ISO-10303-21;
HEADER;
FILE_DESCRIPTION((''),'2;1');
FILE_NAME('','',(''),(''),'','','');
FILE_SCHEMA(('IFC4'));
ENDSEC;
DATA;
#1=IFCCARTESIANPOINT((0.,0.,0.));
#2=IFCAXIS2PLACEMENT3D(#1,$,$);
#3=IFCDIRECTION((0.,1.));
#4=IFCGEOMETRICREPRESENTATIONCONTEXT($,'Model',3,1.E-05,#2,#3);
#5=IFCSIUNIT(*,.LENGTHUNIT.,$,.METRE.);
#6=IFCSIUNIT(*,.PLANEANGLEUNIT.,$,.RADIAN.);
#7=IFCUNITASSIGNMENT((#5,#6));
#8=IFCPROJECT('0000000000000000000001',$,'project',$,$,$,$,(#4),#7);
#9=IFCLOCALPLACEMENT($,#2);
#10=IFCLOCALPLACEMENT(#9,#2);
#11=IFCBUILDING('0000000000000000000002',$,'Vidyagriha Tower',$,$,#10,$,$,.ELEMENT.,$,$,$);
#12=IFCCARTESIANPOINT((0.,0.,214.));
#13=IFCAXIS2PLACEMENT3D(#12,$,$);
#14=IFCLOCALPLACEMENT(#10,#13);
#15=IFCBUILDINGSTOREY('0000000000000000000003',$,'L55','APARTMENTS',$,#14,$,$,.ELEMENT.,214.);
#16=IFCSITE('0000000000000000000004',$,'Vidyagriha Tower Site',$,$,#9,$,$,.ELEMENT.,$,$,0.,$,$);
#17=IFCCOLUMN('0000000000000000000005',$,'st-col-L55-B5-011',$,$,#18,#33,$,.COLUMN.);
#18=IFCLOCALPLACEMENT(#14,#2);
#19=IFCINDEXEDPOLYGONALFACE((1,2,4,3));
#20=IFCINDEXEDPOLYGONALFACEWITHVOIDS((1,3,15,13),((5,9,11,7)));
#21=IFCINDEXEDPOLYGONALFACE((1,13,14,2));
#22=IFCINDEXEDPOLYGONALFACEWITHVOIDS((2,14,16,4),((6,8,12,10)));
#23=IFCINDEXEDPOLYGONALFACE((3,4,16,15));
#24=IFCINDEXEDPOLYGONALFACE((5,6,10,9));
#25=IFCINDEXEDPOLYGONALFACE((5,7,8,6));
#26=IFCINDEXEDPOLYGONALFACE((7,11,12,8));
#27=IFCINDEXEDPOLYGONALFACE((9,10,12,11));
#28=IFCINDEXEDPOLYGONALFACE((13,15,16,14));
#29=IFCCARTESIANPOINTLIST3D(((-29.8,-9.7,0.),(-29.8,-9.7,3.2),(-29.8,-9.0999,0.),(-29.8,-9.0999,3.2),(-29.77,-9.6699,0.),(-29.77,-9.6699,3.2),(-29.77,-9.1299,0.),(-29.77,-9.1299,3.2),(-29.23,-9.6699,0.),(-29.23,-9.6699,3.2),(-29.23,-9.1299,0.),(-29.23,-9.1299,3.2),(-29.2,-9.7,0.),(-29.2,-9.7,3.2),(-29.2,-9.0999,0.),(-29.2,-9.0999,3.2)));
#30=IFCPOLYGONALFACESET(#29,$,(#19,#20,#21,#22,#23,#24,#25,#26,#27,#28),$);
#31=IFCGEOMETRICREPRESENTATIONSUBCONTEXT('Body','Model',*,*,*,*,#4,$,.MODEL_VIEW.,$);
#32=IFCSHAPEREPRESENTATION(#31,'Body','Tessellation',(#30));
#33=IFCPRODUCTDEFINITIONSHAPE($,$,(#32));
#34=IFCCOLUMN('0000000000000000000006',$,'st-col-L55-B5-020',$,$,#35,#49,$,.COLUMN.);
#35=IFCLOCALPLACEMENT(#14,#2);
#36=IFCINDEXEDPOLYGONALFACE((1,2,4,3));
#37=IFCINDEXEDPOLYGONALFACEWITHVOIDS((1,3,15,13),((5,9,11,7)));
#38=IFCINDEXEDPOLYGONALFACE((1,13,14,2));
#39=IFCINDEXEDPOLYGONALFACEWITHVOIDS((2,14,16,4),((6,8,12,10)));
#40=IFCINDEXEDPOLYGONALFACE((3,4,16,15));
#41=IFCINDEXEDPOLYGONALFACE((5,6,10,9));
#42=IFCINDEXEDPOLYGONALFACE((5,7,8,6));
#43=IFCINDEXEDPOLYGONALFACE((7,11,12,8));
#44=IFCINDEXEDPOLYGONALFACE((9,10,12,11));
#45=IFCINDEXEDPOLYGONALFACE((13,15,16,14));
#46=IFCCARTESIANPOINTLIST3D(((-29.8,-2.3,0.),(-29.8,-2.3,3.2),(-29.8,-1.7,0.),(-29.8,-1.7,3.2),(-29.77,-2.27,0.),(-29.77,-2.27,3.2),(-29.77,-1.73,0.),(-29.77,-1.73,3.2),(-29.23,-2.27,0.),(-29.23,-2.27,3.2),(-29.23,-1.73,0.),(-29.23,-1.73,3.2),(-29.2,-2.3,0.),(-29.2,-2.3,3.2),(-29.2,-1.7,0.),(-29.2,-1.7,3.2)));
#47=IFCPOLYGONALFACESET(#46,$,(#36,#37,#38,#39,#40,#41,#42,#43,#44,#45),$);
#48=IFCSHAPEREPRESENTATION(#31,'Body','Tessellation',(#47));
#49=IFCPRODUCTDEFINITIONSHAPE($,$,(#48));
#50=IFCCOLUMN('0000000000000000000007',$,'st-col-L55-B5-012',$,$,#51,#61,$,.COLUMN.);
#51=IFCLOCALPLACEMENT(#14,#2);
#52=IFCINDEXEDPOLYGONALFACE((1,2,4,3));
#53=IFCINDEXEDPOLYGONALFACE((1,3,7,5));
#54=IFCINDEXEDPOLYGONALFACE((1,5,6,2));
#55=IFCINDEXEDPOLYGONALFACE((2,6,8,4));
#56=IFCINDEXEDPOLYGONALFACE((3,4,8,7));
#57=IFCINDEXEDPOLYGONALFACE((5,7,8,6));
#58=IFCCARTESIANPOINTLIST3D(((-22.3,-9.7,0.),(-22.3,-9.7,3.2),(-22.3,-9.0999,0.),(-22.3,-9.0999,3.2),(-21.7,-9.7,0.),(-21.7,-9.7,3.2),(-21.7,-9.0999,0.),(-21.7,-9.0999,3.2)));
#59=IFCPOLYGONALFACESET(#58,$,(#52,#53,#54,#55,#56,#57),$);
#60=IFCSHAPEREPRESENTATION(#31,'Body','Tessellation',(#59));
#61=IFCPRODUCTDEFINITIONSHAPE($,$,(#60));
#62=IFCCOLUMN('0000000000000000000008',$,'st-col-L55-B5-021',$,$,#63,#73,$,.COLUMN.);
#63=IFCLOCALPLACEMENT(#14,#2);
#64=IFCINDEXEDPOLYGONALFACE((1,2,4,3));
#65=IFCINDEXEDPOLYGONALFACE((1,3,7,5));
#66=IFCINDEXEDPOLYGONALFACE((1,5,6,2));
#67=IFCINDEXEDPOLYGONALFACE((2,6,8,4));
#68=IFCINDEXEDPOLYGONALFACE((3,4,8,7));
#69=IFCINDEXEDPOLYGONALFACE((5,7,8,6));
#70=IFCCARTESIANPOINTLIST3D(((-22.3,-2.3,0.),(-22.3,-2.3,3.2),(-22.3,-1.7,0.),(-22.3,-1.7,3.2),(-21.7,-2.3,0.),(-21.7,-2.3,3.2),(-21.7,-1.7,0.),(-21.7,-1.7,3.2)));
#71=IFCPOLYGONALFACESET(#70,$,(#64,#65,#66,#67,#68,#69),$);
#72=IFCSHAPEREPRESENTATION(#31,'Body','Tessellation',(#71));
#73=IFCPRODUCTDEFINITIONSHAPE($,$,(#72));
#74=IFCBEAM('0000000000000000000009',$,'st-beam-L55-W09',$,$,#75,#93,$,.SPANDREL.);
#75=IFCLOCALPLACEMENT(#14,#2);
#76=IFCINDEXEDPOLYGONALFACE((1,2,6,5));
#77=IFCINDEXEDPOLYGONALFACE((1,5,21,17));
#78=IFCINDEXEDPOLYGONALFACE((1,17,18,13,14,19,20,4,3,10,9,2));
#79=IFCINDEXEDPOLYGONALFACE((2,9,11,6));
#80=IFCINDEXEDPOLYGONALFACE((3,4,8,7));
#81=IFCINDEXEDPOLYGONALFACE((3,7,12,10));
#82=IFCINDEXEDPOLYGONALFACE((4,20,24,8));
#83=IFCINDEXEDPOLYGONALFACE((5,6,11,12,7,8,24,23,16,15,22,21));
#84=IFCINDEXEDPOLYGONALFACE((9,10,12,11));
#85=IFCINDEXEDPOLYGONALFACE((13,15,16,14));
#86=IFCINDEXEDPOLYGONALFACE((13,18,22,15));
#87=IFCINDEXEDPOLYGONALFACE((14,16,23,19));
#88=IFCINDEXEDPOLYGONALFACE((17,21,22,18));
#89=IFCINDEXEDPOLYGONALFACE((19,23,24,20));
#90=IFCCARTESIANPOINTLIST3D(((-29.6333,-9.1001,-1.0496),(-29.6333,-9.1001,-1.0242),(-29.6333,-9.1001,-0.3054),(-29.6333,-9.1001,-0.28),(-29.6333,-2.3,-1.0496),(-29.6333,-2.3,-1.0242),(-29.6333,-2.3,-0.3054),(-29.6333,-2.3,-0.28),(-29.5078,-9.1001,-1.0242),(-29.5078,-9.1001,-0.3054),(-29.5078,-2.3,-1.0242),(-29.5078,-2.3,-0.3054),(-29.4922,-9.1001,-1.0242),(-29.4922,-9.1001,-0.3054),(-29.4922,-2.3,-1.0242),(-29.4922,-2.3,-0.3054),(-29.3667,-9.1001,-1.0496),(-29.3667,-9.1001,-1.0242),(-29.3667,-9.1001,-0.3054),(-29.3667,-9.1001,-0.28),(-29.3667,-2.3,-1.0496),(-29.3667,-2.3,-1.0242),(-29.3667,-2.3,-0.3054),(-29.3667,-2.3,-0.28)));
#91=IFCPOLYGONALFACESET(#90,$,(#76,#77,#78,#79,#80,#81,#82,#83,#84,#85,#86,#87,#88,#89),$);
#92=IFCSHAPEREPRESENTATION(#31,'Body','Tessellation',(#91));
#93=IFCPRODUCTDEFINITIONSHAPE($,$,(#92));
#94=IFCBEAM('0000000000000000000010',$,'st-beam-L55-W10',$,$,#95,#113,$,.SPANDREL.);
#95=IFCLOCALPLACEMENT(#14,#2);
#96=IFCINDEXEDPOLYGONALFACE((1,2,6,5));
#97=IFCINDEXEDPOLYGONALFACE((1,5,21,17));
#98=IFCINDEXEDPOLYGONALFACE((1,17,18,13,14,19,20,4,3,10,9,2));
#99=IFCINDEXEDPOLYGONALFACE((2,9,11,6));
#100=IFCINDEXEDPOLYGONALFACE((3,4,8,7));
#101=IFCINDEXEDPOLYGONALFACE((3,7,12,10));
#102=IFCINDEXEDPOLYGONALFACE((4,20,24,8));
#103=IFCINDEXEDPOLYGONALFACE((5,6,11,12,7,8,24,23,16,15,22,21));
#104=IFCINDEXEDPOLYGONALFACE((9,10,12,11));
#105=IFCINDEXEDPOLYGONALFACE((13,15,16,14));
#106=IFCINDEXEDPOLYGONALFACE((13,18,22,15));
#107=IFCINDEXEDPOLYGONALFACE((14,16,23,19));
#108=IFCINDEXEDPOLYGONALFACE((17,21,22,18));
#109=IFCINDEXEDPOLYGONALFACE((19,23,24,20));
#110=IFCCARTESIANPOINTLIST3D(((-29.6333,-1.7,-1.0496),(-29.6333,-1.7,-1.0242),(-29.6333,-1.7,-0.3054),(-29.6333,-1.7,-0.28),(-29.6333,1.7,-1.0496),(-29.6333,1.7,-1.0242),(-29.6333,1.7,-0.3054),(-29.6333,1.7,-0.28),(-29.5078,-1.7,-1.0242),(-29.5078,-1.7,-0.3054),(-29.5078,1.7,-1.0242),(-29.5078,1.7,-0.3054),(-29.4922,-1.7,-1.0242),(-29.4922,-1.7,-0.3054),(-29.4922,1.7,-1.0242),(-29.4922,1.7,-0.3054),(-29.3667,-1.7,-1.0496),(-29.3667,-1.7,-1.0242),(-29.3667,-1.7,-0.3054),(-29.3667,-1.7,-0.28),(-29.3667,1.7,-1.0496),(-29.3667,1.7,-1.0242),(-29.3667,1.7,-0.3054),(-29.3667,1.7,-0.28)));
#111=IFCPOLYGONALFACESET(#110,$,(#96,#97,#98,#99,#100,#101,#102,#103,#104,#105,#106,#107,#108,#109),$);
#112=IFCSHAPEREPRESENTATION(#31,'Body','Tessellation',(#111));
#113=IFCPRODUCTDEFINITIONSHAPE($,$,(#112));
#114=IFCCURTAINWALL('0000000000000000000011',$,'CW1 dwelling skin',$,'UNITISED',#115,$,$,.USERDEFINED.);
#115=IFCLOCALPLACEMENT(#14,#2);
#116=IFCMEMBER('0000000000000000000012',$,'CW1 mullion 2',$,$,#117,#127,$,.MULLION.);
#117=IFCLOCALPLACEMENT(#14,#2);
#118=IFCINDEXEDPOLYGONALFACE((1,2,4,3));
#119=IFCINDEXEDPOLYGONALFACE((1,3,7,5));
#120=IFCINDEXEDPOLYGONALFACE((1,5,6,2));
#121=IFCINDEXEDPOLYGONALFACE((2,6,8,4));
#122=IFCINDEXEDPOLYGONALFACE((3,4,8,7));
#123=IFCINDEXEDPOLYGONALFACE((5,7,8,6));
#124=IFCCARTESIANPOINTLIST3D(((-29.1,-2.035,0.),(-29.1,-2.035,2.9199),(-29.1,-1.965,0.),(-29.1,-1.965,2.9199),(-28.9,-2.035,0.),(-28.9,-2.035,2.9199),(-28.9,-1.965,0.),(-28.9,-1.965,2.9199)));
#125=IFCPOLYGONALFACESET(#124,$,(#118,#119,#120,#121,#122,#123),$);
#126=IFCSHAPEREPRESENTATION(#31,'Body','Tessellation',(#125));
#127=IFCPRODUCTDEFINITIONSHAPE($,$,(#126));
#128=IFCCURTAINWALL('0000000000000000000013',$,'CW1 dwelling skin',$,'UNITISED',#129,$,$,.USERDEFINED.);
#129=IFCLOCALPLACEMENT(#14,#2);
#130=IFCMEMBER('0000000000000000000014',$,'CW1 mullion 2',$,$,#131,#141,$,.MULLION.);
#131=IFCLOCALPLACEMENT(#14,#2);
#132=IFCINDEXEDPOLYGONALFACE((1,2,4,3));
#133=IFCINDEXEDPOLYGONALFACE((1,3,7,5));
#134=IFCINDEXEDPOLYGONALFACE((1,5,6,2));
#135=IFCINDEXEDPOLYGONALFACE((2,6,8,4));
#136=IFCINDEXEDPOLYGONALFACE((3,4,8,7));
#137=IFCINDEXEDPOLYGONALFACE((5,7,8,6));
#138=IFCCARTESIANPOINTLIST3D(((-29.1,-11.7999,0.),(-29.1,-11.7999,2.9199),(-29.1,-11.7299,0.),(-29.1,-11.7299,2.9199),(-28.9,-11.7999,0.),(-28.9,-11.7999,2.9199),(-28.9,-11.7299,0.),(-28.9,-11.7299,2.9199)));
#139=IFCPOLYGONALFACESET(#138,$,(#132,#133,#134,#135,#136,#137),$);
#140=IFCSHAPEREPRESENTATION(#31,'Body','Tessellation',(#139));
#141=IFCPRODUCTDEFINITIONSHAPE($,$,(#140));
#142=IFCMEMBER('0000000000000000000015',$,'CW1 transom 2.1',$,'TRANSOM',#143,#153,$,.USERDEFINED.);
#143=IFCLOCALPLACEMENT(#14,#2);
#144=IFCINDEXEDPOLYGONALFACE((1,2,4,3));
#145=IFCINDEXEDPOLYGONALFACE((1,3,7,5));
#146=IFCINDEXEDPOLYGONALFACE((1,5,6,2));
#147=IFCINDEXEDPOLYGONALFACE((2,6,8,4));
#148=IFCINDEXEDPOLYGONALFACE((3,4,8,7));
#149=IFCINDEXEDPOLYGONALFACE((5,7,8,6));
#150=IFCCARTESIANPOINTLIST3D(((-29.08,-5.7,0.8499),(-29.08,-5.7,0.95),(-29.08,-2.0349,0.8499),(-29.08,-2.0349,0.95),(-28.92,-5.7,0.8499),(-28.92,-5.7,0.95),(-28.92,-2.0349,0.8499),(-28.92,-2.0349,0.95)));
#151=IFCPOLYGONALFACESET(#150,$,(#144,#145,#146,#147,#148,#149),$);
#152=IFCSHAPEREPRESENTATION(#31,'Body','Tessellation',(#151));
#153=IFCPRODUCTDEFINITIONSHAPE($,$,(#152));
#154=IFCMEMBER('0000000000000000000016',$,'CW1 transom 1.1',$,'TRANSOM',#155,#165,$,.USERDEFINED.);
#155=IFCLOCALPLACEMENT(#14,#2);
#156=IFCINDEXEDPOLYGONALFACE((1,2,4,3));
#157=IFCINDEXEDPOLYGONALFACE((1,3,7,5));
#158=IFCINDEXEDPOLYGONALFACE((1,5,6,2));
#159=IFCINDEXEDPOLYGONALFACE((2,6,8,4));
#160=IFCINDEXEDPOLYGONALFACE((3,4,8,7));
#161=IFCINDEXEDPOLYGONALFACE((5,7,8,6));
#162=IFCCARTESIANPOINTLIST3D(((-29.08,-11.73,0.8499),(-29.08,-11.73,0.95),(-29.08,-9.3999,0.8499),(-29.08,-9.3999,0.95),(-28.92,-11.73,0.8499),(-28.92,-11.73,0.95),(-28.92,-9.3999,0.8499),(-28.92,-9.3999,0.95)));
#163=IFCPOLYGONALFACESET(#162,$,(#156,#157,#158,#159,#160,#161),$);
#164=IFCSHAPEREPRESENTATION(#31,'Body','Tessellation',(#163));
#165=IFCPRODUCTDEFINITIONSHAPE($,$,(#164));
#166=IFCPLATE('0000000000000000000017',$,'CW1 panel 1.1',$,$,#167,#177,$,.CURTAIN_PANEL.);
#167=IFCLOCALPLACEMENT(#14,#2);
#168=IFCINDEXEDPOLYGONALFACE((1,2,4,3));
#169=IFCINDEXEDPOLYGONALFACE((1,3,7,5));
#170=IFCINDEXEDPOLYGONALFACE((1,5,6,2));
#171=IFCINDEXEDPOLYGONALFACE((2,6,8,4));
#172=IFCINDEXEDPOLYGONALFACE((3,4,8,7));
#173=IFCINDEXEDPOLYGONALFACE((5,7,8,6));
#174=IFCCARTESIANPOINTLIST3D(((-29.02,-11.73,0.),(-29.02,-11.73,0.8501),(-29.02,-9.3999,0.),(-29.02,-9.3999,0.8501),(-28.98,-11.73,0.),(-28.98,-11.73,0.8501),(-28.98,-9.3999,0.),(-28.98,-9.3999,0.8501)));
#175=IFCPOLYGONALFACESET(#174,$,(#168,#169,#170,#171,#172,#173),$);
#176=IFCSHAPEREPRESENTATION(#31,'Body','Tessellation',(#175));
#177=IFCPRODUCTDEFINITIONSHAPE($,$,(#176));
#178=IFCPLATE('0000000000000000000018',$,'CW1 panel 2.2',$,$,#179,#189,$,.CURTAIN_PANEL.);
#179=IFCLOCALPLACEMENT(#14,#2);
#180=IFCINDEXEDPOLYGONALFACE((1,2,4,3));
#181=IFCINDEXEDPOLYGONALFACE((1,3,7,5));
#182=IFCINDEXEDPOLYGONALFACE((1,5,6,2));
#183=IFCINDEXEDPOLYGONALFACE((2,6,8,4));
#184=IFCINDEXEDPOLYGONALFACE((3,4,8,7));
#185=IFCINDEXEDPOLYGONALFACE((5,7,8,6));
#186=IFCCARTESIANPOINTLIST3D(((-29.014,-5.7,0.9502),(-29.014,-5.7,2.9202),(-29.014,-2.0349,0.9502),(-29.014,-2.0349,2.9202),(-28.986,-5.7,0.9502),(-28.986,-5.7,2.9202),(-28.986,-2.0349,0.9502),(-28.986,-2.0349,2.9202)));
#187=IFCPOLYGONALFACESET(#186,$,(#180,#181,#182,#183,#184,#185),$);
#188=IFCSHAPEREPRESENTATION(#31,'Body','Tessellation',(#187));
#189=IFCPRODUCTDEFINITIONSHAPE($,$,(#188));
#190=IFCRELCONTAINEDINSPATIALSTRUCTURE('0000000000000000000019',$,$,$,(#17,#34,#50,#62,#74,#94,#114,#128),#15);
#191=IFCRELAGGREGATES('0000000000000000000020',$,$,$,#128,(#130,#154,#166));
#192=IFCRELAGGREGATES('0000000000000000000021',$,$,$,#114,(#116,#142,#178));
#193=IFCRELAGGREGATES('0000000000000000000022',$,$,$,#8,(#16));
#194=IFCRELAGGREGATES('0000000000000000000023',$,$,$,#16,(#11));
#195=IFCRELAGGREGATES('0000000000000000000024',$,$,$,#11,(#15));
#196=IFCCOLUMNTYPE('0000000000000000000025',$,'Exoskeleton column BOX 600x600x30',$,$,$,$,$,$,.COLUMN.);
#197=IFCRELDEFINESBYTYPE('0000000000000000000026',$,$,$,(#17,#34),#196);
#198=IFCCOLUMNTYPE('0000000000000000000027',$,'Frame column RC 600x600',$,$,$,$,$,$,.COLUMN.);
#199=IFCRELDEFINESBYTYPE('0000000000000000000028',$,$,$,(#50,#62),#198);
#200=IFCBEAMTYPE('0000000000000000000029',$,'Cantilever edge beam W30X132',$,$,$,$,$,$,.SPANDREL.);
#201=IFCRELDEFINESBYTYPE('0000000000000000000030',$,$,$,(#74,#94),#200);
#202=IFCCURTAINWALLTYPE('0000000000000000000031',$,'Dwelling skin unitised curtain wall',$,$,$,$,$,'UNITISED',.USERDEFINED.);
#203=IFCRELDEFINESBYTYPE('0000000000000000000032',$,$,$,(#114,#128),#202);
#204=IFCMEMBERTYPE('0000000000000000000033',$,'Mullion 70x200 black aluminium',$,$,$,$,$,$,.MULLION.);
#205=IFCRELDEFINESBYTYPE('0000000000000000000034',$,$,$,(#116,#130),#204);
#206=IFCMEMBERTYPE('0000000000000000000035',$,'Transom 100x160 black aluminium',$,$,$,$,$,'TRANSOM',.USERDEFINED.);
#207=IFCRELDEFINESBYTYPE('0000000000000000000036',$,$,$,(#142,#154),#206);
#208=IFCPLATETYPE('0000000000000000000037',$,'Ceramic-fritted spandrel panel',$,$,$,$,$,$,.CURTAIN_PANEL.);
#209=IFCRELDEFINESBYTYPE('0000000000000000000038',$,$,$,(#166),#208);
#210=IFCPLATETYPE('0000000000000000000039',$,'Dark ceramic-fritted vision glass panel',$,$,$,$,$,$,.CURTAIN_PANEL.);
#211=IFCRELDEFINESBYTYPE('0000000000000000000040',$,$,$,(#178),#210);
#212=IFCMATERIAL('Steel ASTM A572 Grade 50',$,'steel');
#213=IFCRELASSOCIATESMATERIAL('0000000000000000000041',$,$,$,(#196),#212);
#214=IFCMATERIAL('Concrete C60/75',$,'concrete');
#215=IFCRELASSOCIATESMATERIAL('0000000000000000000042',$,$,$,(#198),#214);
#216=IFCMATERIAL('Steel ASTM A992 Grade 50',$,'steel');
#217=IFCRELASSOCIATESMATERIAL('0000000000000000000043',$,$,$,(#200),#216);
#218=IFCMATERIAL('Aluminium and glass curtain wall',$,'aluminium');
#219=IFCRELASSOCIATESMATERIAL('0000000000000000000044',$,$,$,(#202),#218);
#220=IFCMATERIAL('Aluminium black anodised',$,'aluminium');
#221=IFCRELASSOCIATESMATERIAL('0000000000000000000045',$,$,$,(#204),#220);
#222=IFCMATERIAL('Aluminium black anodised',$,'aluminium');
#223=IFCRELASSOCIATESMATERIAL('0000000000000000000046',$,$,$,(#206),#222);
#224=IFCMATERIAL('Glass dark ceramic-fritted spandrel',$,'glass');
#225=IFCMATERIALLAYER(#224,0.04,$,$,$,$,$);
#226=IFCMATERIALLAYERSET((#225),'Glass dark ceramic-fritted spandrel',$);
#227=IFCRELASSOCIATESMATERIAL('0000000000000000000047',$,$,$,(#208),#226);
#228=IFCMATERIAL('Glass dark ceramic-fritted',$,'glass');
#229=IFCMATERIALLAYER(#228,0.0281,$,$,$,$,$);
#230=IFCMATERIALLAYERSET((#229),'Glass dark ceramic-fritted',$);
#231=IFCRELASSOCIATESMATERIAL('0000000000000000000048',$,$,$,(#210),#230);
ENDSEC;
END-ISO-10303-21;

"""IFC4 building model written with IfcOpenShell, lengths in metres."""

from ifc_helpers import new_model, si_unit, direction, frame, origin, origin_2d, place, context, subcontext, project, spatial, rectangle, hollow_rectangle, i_section, extrude, material, layer, layer_set, material_profile, profile_set, type_object, element, aggregate, save


model = new_model("IFC4")

# Units and contexts
model_context = context("Model", 3, precision=1e-05, world=origin(), true_north=direction((0.0, 1.0)))
body_context = subcontext(model_context, "Body", "Model", "MODEL_VIEW")
ifc_project = project(units=[si_unit("LENGTHUNIT", "METRE"), si_unit("PLANEANGLEUNIT", "RADIAN")], contexts=[model_context])

# Site, building, storey
site_placement = place(None, origin())
site = spatial("IfcSite", under=ifc_project, at=site_placement, Name="Vidyagriha Tower Site", CompositionType="ELEMENT", RefElevation=0.0)
building_placement = place(site_placement, origin())
building = spatial("IfcBuilding", under=site, at=building_placement, Name="Vidyagriha Tower", CompositionType="ELEMENT")
storey_placement = place(building_placement, frame((0.0, 0.0, 214.0)))
storey = spatial("IfcBuildingStorey", under=building, at=storey_placement, Name="L55", Description="APARTMENTS", CompositionType="ELEMENT", Elevation=214.0)

# Columns
ifc_material_1 = material(Name="Steel ASTM A572 Grade 50", Category="steel")
ifc_material_profile_1 = material_profile(ifc_material_1, hollow_rectangle(XDim=0.6001, YDim=0.6001, WallThickness=0.03, at=origin_2d()), Name="BOX 600x600x30")
ifc_profile_set_1 = profile_set([ifc_material_profile_1], Name="Steel ASTM A572 Grade 50")
column_type_1 = type_object("IfcColumnType", Name="Exoskeleton column BOX 600x600x30", PredefinedType="COLUMN", material=ifc_profile_set_1)
for number, where, name in (
    (1, (-29.5, -9.3999, 0.0), "st-col-L55-B5-011"),
    (2, (-29.5, -2.0, 0.0), "st-col-L55-B5-020"),
):
    element("IfcColumn", number, at=place(storey_placement, frame(where)), inside=storey, type_object=column_type_1, Name=name, PredefinedType="COLUMN", context=body_context, shape_type="SweptSolid", body=[
        extrude(hollow_rectangle(XDim=0.6001, YDim=0.6001, WallThickness=0.03, at=origin_2d()), origin(), (0.0, 0.0, 1.0), 3.2),
    ])
ifc_material_2 = material(Name="Concrete C60/75", Category="concrete")
ifc_material_profile_2 = material_profile(ifc_material_2, rectangle(XDim=0.6001, YDim=0.6001, at=origin_2d()), Name="RC 600x600")
ifc_profile_set_2 = profile_set([ifc_material_profile_2], Name="Concrete C60/75")
column_type_2 = type_object("IfcColumnType", Name="Frame column RC 600x600", PredefinedType="COLUMN", material=ifc_profile_set_2)
for number, where, name in (
    (3, (-22.0, -9.3999, 0.0), "st-col-L55-B5-012"),
    (4, (-22.0, -2.0, 0.0), "st-col-L55-B5-021"),
):
    element("IfcColumn", number, at=place(storey_placement, frame(where)), inside=storey, type_object=column_type_2, Name=name, PredefinedType="COLUMN", context=body_context, shape_type="SweptSolid", body=[
        extrude(rectangle(XDim=0.6001, YDim=0.6001, at=origin_2d()), origin(), (0.0, 0.0, 1.0), 3.2),
    ])

# Beams
ifc_material_3 = material(Name="Steel ASTM A992 Grade 50", Category="steel")
ifc_material_profile_3 = material_profile(ifc_material_3, i_section(OverallWidth=0.2666, OverallDepth=0.7695, WebThickness=0.0156, FlangeThickness=0.0254, at=origin_2d()), Name="W30X132")
ifc_profile_set_3 = profile_set([ifc_material_profile_3], Name="Steel ASTM A992 Grade 50")
beam_type = type_object("IfcBeamType", Name="Cantilever edge beam W30X132", PredefinedType="SPANDREL", material=ifc_profile_set_3)
beam_1_placement = place(storey_placement, frame((-29.5, -9.1001, -0.6648), z_axis=(0.0, 1.0, 0.0), x_axis=(-1.0, 0.0, 0.0)))
element("IfcBeam", 5, at=beam_1_placement, inside=storey, type_object=beam_type, Name="st-beam-L55-W09", PredefinedType="SPANDREL", context=body_context, shape_type="SweptSolid", body=[
    extrude(i_section(OverallWidth=0.2666, OverallDepth=0.7695, WebThickness=0.0156, FlangeThickness=0.0254, at=origin_2d()), origin(), (0.0, 0.0, 1.0), 6.8),
])
beam_2_placement = place(storey_placement, frame((-29.5, -1.7, -0.6648), z_axis=(0.0, 1.0, 0.0), x_axis=(-1.0, 0.0, 0.0)))
element("IfcBeam", 6, at=beam_2_placement, inside=storey, type_object=beam_type, Name="st-beam-L55-W10", PredefinedType="SPANDREL", context=body_context, shape_type="SweptSolid", body=[
    extrude(i_section(OverallWidth=0.2666, OverallDepth=0.7695, WebThickness=0.0156, FlangeThickness=0.0254, at=origin_2d()), origin(), (0.0, 0.0, 1.0), 3.3999),
])

# Curtain walls, members
ifc_material_4 = material(Name="Aluminium and glass curtain wall", Category="aluminium")
curtain_wall_type = type_object("IfcCurtainWallType", Name="Dwelling skin unitised curtain wall", ElementType="UNITISED", PredefinedType="USERDEFINED", material=ifc_material_4)
curtain_wall_1_placement = place(storey_placement, origin())
curtain_wall_1 = element("IfcCurtainWall", 7, at=curtain_wall_1_placement, inside=storey, type_object=curtain_wall_type, Name="CW1 dwelling skin", ObjectType="UNITISED", PredefinedType="USERDEFINED")
ifc_material_5 = material(Name="Aluminium black anodised", Category="aluminium")
ifc_material_profile_4 = material_profile(ifc_material_5, rectangle(XDim=0.2, YDim=0.0701, at=origin_2d()), Name="Mullion 70x200 black aluminium")
ifc_profile_set_4 = profile_set([ifc_material_profile_4], Name="Aluminium black anodised")
member_type_1 = type_object("IfcMemberType", Name="Mullion 70x200 black aluminium", PredefinedType="MULLION", material=ifc_profile_set_4)
member_1_placement = place(storey_placement, frame((-29.0, -2.0, 0.0)))
member_1 = element("IfcMember", 8, at=member_1_placement, type_object=member_type_1, Name="CW1 mullion 2", PredefinedType="MULLION", context=body_context, shape_type="SweptSolid", body=[
    extrude(rectangle(XDim=0.2, YDim=0.0701, at=origin_2d()), origin(), (0.0, 0.0, 1.0), 2.9199),
])
curtain_wall_2_placement = place(storey_placement, origin())
curtain_wall_2 = element("IfcCurtainWall", 9, at=curtain_wall_2_placement, inside=storey, type_object=curtain_wall_type, Name="CW1 dwelling skin", ObjectType="UNITISED", PredefinedType="USERDEFINED")
member_2_placement = place(storey_placement, frame((-29.0, -11.7649, 0.0)))
member_2 = element("IfcMember", 10, at=member_2_placement, type_object=member_type_1, Name="CW1 mullion 2", PredefinedType="MULLION", context=body_context, shape_type="SweptSolid", body=[
    extrude(rectangle(XDim=0.2, YDim=0.0701, at=origin_2d()), origin(), (0.0, 0.0, 1.0), 2.9199),
])

# Members
ifc_material_6 = material(Name="Aluminium black anodised", Category="aluminium")
ifc_material_profile_5 = material_profile(ifc_material_6, rectangle(XDim=0.1599, YDim=0.1001, at=origin_2d()), Name="Transom 100x160 black aluminium")
ifc_profile_set_5 = profile_set([ifc_material_profile_5], Name="Aluminium black anodised")
member_type_2 = type_object("IfcMemberType", Name="Transom 100x160 black aluminium", ElementType="TRANSOM", PredefinedType="USERDEFINED", material=ifc_profile_set_5)
member_3_placement = place(storey_placement, frame((-29.0, -2.0349, 0.8999), z_axis=(0.0, -1.0, 0.0), x_axis=(1.0, 0.0, 0.0)))
member_3 = element("IfcMember", 11, at=member_3_placement, type_object=member_type_2, Name="CW1 transom 2.1", ObjectType="TRANSOM", PredefinedType="USERDEFINED", context=body_context, shape_type="SweptSolid", body=[
    extrude(rectangle(XDim=0.1599, YDim=0.1001, at=origin_2d()), origin(), (0.0, 0.0, 1.0), 3.665),
])
member_4_placement = place(storey_placement, frame((-29.0, -9.3999, 0.8999), z_axis=(0.0, -1.0, 0.0), x_axis=(1.0, 0.0, 0.0)))
member_4 = element("IfcMember", 12, at=member_4_placement, type_object=member_type_2, Name="CW1 transom 1.1", ObjectType="TRANSOM", PredefinedType="USERDEFINED", context=body_context, shape_type="SweptSolid", body=[
    extrude(rectangle(XDim=0.1599, YDim=0.1001, at=origin_2d()), origin(), (0.0, 0.0, 1.0), 2.3301),
])

# Plates
ifc_material_7 = material(Name="Glass dark ceramic-fritted spandrel", Category="glass")
ifc_layer_1 = layer(ifc_material_7, 0.04)
ifc_layer_set_1 = layer_set([ifc_layer_1], Name="Glass dark ceramic-fritted spandrel")
plate_type_1 = type_object("IfcPlateType", Name="Ceramic-fritted spandrel panel", PredefinedType="CURTAIN_PANEL", material=ifc_layer_set_1)
plate_1_placement = place(storey_placement, frame((-29.0, -10.5649, 0.0), z_axis=(0.0, 0.0, 1.0), x_axis=(0.0, -1.0, 0.0)))
plate_1 = element("IfcPlate", 13, at=plate_1_placement, type_object=plate_type_1, Name="CW1 panel 1.1", PredefinedType="CURTAIN_PANEL", context=body_context, shape_type="SweptSolid", body=[
    extrude(rectangle(XDim=2.3301, YDim=0.04, at=origin_2d()), origin(), (0.0, 0.0, 1.0), 0.8501),
])
ifc_material_8 = material(Name="Glass dark ceramic-fritted", Category="glass")
ifc_layer_2 = layer(ifc_material_8, 0.0281)
ifc_layer_set_2 = layer_set([ifc_layer_2], Name="Glass dark ceramic-fritted")
plate_type_2 = type_object("IfcPlateType", Name="Dark ceramic-fritted vision glass panel", PredefinedType="CURTAIN_PANEL", material=ifc_layer_set_2)
plate_2_placement = place(storey_placement, frame((-29.0, -3.8674, 0.9502), z_axis=(0.0, 0.0, 1.0), x_axis=(0.0, -1.0, 0.0)))
plate_2 = element("IfcPlate", 14, at=plate_2_placement, type_object=plate_type_2, Name="CW1 panel 2.2", PredefinedType="CURTAIN_PANEL", context=body_context, shape_type="SweptSolid", body=[
    extrude(rectangle(XDim=3.665, YDim=0.0281, at=origin_2d()), origin(), (0.0, 0.0, 1.0), 1.97),
])
aggregate(curtain_wall_2, [member_2, member_4, plate_1])
aggregate(curtain_wall_1, [member_1, member_3, plate_2])

save(model, "model.ifc")
